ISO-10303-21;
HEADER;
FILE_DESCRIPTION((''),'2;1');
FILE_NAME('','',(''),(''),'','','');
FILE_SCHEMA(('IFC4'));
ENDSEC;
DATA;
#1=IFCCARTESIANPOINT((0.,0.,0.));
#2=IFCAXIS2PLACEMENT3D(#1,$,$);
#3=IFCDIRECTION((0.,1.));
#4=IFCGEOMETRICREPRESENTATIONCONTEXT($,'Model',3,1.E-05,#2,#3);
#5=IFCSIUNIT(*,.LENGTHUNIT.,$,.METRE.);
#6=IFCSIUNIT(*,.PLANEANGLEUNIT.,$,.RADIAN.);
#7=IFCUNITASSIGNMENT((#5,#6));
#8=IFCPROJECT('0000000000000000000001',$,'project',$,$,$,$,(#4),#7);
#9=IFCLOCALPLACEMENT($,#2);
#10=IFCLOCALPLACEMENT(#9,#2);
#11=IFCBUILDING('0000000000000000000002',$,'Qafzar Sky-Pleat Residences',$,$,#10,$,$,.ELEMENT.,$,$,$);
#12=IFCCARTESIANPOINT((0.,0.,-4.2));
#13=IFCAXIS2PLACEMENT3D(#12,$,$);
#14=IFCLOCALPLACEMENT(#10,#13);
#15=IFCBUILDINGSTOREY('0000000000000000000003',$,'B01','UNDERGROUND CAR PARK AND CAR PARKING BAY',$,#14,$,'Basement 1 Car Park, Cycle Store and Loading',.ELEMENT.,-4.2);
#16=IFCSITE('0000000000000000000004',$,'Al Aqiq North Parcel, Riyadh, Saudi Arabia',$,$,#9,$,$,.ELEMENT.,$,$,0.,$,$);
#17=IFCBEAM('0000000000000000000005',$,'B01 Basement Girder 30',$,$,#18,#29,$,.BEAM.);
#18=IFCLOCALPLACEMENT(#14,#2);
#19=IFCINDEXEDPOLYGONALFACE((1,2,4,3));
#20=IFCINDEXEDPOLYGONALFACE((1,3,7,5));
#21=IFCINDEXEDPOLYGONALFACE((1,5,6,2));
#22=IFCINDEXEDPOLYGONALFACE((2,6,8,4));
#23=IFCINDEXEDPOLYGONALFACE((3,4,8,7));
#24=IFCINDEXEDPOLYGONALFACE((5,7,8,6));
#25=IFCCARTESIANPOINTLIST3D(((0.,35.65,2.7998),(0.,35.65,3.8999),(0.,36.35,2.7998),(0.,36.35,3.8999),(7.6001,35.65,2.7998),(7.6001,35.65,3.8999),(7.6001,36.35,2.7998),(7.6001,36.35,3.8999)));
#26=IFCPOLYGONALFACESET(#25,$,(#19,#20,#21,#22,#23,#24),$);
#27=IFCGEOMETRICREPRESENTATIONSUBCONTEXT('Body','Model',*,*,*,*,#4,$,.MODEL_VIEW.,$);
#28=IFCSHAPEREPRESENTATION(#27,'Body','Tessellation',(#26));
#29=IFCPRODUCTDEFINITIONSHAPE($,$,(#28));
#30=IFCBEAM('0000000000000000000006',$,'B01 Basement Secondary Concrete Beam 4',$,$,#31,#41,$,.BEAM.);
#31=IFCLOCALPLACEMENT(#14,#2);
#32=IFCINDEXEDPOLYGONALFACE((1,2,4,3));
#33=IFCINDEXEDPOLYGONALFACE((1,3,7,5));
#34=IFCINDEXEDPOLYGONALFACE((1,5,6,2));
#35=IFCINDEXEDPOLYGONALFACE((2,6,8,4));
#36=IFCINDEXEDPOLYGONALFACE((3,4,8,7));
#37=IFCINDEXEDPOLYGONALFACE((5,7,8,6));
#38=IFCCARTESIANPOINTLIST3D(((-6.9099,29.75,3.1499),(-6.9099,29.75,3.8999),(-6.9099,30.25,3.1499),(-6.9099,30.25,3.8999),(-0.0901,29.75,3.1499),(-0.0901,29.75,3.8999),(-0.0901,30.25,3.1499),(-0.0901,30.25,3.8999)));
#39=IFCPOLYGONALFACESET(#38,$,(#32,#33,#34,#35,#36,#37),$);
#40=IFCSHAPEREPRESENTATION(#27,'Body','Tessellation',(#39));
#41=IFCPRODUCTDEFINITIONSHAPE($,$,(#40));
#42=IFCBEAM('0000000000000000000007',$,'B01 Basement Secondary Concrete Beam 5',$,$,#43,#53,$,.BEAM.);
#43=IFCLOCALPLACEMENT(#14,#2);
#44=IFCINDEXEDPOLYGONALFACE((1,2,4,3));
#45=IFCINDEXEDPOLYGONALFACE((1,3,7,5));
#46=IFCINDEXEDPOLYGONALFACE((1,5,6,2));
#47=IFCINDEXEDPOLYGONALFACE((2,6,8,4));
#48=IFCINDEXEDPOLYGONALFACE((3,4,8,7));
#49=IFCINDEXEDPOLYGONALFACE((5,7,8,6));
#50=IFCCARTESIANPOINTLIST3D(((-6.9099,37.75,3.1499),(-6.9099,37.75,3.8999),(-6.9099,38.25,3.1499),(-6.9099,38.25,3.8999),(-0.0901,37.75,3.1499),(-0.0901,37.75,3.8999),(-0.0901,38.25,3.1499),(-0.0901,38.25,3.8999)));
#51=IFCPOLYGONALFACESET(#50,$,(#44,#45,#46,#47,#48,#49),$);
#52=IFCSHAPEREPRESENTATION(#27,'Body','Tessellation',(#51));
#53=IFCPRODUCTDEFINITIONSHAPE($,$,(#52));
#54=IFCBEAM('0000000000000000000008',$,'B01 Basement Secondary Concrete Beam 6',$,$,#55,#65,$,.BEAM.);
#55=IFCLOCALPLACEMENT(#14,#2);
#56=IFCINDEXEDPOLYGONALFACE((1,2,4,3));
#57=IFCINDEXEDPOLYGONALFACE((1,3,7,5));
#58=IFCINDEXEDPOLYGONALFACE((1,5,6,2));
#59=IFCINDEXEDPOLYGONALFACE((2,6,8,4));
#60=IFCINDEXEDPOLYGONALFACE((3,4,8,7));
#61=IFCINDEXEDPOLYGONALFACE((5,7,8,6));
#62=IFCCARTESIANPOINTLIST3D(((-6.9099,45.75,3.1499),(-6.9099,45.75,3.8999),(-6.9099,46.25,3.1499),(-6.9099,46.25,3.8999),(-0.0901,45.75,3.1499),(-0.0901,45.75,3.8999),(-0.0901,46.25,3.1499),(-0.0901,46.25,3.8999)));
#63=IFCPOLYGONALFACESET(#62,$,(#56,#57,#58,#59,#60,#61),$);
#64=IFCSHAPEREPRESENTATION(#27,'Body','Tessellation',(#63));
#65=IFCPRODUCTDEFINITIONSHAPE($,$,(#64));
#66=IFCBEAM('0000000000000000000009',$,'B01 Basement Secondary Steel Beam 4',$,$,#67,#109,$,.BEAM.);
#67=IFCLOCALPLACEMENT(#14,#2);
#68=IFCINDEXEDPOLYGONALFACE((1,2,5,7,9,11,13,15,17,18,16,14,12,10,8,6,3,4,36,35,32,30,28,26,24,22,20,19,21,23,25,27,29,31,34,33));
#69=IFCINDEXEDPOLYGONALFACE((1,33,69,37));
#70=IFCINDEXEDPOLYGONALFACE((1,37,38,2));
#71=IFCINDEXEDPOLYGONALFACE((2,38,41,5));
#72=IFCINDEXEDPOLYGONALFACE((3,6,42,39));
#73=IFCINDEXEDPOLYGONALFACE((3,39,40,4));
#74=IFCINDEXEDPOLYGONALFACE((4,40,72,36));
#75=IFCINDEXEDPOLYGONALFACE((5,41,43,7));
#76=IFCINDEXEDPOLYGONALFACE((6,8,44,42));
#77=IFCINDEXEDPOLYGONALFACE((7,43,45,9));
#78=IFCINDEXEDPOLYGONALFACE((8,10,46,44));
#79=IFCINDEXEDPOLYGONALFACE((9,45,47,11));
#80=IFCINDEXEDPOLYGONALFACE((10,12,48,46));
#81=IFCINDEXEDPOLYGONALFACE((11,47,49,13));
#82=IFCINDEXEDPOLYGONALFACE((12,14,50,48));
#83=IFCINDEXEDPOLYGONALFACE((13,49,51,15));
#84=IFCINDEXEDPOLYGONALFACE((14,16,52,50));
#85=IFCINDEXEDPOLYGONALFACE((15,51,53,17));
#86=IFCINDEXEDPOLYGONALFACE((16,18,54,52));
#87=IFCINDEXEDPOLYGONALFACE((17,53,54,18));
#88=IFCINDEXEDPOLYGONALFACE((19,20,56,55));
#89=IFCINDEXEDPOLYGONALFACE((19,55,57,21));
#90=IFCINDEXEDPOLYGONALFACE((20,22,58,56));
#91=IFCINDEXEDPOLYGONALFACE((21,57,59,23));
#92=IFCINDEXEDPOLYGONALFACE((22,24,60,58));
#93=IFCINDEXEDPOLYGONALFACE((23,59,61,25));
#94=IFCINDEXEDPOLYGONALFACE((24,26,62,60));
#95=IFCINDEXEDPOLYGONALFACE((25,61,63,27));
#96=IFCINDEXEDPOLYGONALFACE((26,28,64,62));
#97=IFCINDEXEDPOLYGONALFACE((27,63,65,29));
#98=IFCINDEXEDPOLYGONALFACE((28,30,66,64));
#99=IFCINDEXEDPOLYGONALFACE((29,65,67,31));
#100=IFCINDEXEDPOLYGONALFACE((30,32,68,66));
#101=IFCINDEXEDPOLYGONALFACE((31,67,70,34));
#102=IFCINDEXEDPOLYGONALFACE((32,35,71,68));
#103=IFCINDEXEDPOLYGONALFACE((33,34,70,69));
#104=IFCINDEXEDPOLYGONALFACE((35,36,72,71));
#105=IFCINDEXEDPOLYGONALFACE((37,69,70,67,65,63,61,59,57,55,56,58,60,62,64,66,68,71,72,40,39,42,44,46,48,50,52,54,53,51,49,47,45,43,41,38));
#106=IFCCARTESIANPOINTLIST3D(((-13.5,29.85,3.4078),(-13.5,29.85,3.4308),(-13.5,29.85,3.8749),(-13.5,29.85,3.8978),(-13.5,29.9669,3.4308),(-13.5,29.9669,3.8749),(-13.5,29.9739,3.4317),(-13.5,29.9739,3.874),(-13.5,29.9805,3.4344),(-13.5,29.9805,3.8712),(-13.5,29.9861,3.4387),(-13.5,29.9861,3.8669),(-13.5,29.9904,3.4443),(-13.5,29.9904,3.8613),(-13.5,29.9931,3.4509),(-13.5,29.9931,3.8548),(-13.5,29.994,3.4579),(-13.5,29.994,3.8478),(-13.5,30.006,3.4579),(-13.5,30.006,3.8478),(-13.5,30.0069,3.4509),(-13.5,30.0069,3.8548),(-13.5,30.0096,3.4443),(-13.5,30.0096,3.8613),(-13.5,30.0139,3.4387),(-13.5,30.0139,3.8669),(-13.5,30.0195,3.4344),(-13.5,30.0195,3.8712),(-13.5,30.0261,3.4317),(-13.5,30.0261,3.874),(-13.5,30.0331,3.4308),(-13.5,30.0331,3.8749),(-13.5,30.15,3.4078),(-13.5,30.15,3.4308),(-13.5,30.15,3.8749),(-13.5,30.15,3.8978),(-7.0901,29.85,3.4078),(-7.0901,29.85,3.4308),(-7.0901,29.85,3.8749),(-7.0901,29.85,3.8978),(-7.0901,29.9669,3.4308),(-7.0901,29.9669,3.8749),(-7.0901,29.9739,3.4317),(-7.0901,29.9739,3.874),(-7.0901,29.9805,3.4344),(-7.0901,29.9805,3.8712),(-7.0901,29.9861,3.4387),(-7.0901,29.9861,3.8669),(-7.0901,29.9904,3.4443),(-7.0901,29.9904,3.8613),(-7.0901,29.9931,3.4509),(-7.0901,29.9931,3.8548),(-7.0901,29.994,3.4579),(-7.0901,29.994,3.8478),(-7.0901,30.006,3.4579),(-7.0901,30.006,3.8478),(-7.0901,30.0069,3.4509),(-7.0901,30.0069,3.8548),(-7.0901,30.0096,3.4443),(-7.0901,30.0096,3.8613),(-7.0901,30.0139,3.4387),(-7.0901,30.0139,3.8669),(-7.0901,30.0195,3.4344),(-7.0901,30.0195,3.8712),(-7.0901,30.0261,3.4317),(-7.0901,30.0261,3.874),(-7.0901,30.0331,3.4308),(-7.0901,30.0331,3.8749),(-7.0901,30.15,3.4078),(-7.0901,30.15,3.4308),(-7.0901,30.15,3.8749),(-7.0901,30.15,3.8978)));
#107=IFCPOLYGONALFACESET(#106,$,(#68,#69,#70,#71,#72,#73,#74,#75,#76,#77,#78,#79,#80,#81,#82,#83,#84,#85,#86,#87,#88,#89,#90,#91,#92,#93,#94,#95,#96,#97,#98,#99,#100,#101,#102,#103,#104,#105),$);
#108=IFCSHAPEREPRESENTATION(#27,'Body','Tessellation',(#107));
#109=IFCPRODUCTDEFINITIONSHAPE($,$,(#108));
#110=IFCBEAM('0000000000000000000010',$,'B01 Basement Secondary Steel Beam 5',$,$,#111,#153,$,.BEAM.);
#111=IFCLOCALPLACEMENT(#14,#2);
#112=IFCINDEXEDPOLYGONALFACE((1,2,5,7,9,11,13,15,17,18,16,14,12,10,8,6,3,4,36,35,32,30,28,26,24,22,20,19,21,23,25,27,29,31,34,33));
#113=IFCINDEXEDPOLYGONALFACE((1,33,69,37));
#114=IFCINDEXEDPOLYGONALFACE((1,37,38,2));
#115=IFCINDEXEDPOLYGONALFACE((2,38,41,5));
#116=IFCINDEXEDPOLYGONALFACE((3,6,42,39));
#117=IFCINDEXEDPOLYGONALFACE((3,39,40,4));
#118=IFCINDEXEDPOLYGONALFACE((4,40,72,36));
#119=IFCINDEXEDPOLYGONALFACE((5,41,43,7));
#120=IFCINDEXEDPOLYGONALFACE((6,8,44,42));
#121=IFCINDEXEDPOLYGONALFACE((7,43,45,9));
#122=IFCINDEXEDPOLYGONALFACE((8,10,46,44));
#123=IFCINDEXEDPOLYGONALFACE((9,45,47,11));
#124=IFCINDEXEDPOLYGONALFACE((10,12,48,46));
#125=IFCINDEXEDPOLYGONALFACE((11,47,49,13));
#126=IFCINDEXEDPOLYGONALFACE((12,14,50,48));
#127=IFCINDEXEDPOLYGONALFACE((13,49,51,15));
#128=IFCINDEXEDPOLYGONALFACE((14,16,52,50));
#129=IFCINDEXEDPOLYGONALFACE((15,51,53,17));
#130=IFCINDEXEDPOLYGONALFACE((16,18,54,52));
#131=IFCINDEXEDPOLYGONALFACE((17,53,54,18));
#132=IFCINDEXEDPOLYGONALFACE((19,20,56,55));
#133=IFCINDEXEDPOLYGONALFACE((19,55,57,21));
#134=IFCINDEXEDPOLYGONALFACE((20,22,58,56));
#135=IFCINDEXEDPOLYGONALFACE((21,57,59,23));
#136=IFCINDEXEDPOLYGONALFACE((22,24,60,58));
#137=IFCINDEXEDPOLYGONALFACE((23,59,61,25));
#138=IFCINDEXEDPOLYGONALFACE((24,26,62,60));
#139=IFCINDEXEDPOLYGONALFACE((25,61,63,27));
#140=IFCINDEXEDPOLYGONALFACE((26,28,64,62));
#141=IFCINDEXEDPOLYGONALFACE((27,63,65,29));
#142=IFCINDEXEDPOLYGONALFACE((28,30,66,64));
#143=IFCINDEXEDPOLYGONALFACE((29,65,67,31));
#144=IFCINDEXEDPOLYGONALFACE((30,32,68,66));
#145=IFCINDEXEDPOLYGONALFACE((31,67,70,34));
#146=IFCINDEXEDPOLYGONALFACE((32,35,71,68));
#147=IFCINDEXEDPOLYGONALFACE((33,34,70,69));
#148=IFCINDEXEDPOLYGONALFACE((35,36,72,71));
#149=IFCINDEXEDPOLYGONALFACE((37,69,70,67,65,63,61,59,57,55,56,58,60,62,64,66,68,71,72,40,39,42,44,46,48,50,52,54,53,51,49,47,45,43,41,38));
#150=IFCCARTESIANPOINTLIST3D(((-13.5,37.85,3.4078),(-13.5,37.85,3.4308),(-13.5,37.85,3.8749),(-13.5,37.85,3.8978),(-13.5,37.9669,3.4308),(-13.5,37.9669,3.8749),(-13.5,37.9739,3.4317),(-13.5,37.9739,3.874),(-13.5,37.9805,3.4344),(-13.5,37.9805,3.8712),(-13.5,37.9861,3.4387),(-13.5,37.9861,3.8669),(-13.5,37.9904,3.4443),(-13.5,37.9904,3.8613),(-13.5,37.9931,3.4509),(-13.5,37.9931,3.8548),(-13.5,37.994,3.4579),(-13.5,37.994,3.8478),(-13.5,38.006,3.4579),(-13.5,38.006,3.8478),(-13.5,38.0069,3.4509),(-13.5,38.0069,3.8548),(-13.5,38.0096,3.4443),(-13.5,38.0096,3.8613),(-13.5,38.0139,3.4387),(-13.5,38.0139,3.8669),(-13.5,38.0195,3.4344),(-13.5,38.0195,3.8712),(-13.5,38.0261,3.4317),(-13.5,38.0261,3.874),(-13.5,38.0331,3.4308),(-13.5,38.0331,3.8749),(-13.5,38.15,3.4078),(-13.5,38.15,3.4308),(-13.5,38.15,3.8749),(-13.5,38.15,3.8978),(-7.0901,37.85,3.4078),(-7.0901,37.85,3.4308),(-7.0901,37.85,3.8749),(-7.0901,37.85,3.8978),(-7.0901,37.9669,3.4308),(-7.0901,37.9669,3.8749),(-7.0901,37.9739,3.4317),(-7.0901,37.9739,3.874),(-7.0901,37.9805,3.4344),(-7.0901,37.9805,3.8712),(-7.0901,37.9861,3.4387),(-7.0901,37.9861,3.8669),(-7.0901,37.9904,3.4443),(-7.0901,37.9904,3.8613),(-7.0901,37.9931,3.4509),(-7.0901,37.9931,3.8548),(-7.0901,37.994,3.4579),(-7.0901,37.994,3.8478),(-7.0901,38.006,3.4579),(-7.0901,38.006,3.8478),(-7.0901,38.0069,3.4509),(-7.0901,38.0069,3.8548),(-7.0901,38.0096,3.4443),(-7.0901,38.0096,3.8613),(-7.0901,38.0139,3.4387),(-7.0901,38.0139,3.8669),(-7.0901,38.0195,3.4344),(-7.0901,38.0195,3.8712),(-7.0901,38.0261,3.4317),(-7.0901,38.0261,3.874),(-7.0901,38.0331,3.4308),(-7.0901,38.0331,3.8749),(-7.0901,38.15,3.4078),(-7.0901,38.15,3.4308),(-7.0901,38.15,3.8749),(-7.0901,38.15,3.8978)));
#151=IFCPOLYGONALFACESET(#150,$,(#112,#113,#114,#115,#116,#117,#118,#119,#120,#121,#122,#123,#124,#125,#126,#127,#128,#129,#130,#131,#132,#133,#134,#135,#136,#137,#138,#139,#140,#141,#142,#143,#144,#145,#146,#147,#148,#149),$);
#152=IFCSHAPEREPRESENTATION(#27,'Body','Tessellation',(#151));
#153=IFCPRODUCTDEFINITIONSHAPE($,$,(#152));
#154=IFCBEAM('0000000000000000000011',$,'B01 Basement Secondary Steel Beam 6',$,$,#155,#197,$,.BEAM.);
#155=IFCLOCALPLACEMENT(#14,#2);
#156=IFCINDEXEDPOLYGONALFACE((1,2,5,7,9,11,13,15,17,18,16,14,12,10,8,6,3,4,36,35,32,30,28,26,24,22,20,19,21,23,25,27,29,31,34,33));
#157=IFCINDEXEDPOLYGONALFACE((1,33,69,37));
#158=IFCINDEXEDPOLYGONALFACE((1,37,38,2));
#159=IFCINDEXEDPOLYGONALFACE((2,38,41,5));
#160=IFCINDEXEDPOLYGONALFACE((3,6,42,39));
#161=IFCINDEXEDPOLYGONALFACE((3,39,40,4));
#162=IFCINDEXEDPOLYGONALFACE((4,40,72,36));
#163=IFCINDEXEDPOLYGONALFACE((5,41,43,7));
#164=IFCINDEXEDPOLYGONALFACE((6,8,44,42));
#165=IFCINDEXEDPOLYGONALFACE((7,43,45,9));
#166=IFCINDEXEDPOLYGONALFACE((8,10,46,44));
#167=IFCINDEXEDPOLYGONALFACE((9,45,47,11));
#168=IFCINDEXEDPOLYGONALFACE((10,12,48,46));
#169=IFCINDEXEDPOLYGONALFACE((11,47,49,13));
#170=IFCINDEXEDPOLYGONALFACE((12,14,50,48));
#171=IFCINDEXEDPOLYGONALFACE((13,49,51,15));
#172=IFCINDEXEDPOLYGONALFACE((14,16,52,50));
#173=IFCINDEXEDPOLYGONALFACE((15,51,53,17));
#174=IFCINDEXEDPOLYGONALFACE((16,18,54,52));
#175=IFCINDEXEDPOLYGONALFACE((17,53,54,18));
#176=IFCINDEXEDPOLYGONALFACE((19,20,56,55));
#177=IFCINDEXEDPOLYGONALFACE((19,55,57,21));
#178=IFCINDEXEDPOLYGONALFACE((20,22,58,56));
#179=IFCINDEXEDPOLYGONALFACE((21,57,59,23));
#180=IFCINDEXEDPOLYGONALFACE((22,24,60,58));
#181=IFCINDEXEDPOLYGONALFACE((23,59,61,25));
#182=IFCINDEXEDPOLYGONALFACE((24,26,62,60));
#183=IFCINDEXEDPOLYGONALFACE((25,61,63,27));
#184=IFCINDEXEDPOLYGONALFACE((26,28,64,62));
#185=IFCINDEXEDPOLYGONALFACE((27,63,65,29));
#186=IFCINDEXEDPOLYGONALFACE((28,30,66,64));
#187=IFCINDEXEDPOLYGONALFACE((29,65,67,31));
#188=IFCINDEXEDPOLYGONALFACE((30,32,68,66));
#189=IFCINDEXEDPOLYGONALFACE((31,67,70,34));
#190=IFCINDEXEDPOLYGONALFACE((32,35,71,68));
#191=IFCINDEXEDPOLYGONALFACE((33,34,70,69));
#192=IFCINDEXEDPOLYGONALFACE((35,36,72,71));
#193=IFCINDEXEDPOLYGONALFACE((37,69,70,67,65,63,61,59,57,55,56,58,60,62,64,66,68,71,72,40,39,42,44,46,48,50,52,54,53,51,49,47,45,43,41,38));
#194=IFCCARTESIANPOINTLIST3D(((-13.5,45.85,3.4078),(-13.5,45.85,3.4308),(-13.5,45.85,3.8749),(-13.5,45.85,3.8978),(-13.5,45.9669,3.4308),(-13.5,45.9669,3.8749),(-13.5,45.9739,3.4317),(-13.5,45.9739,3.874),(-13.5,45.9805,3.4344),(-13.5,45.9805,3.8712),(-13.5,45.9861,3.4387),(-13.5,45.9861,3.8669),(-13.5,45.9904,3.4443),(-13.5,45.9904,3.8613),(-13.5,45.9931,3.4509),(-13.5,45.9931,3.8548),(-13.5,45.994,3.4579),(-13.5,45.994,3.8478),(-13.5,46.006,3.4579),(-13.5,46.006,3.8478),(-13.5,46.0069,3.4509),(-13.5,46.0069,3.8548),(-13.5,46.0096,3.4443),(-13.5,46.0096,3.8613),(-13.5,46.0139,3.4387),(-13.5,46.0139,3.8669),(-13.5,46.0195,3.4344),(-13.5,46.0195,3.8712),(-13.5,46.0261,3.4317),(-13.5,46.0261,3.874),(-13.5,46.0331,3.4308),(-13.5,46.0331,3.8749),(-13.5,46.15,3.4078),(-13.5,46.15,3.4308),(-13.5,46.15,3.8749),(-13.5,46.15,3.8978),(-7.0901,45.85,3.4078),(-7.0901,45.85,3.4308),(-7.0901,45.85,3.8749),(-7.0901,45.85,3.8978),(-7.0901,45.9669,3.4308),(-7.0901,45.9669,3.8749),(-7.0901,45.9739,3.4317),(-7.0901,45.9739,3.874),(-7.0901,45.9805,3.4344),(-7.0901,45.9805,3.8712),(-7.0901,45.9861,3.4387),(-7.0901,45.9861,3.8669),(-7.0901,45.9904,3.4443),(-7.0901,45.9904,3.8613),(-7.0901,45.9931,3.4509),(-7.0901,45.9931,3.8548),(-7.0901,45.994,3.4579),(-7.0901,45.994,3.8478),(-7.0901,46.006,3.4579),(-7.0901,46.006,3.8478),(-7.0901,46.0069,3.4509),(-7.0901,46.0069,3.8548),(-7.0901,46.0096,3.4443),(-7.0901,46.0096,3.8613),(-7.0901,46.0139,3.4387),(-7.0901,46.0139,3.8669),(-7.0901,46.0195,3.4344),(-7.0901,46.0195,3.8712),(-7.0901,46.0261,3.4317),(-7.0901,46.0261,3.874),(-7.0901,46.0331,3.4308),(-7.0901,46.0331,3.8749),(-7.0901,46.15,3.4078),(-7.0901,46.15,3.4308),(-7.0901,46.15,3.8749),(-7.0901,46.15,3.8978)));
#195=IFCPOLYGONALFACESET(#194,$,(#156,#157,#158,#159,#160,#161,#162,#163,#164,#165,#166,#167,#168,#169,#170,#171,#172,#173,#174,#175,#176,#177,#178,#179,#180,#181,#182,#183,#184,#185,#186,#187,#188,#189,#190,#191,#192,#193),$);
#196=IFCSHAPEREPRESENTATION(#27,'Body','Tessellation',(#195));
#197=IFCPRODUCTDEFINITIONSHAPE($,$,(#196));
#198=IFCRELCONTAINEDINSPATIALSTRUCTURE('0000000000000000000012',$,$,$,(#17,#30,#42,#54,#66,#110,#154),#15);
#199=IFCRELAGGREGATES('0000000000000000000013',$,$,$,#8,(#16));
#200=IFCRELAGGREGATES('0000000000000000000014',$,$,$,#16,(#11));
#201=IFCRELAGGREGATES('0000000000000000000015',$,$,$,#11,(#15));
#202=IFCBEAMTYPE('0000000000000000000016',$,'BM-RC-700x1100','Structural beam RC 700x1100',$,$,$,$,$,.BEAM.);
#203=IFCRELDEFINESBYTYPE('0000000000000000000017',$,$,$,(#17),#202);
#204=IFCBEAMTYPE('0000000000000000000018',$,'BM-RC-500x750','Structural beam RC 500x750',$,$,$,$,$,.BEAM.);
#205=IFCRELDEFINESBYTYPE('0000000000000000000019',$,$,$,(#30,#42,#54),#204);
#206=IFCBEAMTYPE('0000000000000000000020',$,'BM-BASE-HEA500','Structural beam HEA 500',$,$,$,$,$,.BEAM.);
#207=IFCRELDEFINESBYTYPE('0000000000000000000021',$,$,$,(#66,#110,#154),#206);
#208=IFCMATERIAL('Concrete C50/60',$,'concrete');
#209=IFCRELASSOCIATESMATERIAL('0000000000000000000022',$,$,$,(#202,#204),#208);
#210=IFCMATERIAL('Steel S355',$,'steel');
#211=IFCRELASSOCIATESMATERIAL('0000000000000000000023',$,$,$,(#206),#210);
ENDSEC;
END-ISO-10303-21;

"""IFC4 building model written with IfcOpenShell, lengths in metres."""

from ifc_helpers import new_model, si_unit, direction, frame, origin, origin_2d, place, context, subcontext, project, spatial, rectangle, i_section, extrude, source, transform, mapped, material, material_profile, profile_set, type_object, element, save


model = new_model("IFC4")

# Units and contexts
model_context = context("Model", 3, precision=1e-05, world=origin(), true_north=direction((0.0, 1.0)))
body_context = subcontext(model_context, "Body", "Model", "MODEL_VIEW")
ifc_project = project(units=[si_unit("LENGTHUNIT", "METRE"), si_unit("PLANEANGLEUNIT", "RADIAN")], contexts=[model_context])

# Site, building, storey
site_placement = place(None, origin())
site = spatial("IfcSite", under=ifc_project, at=site_placement, Name="Al Aqiq North Parcel, Riyadh, Saudi Arabia", CompositionType="ELEMENT", RefElevation=0.0)
building_placement = place(site_placement, origin())
building = spatial("IfcBuilding", under=site, at=building_placement, Name="Qafzar Sky-Pleat Residences", CompositionType="ELEMENT")
storey_placement = place(building_placement, frame((0.0, 0.0, -4.2)))
storey = spatial("IfcBuildingStorey", under=building, at=storey_placement, Name="B01", Description="UNDERGROUND CAR PARK AND CAR PARKING BAY", LongName="Basement 1 Car Park, Cycle Store and Loading", CompositionType="ELEMENT", Elevation=-4.2)

# Shared definitions
ifc_material_1 = material(Name="Steel S355", Category="steel")

# Beams
ifc_material_2 = material(Name="Concrete C50/60", Category="concrete")
ifc_material_profile_1 = material_profile(ifc_material_2, rectangle(XDim=0.7, YDim=1.1001, at=origin_2d()), Name="RC 700x1100")
ifc_profile_set_1 = profile_set([ifc_material_profile_1], Name="Concrete C50/60")
beam_type_1 = type_object("IfcBeamType", Name="BM-RC-700x1100", Description="Structural beam RC 700x1100", PredefinedType="BEAM", material=ifc_profile_set_1)
shared_shape_1 = source(origin(), body_context, "Body", "SweptSolid", [
    extrude(rectangle(XDim=0.7, YDim=1.1001, at=origin_2d()), origin(), (0.0, 0.0, 1.0), 7.6001),
])
beam_1_placement = place(storey_placement, frame((0.0, 36.0, 3.3499), z_axis=(1.0, 0.0, 0.0), x_axis=(0.0, 1.0, 0.0)))
element("IfcBeam", 1, at=beam_1_placement, inside=storey, type_object=beam_type_1, Name="B01 Basement Girder 30", PredefinedType="BEAM", context=body_context, shape_type="MappedRepresentation", body=[
    mapped(shared_shape_1, transform((0.0, 0.0, 0.0), x_axis=(1.0, 0.0, 0.0), y_axis=(0.0, 1.0, 0.0), z_axis=(0.0, 0.0, 1.0), scale=1.0)),
])
ifc_material_profile_2 = material_profile(ifc_material_2, rectangle(XDim=0.5, YDim=0.75, at=origin_2d()), Name="RC 500x750")
ifc_profile_set_2 = profile_set([ifc_material_profile_2], Name="Concrete C50/60")
beam_type_2 = type_object("IfcBeamType", Name="BM-RC-500x750", Description="Structural beam RC 500x750", PredefinedType="BEAM", material=ifc_profile_set_2)
shared_shape_2 = source(origin(), body_context, "Body", "SweptSolid", [
    extrude(rectangle(XDim=0.5, YDim=0.75, at=origin_2d()), origin(), (0.0, 0.0, 1.0), 6.8198),
])
for number, where, z_axis, x_axis, name in (
    (2, (-6.9099, 30.0, 3.5249), (1.0, 0.0, 0.0), (0.0, 1.0, 0.0), "B01 Basement Secondary Concrete Beam 4"),
    (3, (-6.9099, 38.0, 3.5249), (1.0, 0.0, 0.0), (0.0, 1.0, 0.0), "B01 Basement Secondary Concrete Beam 5"),
    (4, (-6.9099, 46.0, 3.5249), (1.0, 0.0, 0.0), (0.0, 1.0, 0.0), "B01 Basement Secondary Concrete Beam 6"),
):
    element("IfcBeam", number, at=place(storey_placement, frame(where, z_axis=z_axis, x_axis=x_axis)), inside=storey, type_object=beam_type_2, Name=name, PredefinedType="BEAM", context=body_context, shape_type="MappedRepresentation", body=[
        mapped(shared_shape_2, transform((0.0, 0.0, 0.0), x_axis=(1.0, 0.0, 0.0), y_axis=(0.0, 1.0, 0.0), z_axis=(0.0, 0.0, 1.0), scale=1.0)),
    ])
ifc_material_profile_3 = material_profile(ifc_material_1, i_section(OverallWidth=0.3, OverallDepth=0.49, WebThickness=0.012, FlangeThickness=0.0229, FilletRadius=0.0271, at=origin_2d()), Name="HEA 500")
ifc_profile_set_3 = profile_set([ifc_material_profile_3], Name="Steel S355")
beam_type_3 = type_object("IfcBeamType", Name="BM-BASE-HEA500", Description="Structural beam HEA 500", PredefinedType="BEAM", material=ifc_profile_set_3)
shared_shape_3 = source(origin(), body_context, "Body", "SweptSolid", [
    extrude(i_section(OverallWidth=0.3, OverallDepth=0.49, WebThickness=0.012, FlangeThickness=0.0229, FilletRadius=0.0271, at=origin_2d()), origin(), (0.0, 0.0, 1.0), 6.4099),
])
for number, where, z_axis, x_axis, name in (
    (5, (-13.5, 30.0, 3.6528), (1.0, 0.0, 0.0), (0.0, 1.0, 0.0), "B01 Basement Secondary Steel Beam 4"),
    (6, (-13.5, 38.0, 3.6528), (1.0, 0.0, 0.0), (0.0, 1.0, 0.0), "B01 Basement Secondary Steel Beam 5"),
    (7, (-13.5, 46.0, 3.6528), (1.0, 0.0, 0.0), (0.0, 1.0, 0.0), "B01 Basement Secondary Steel Beam 6"),
):
    element("IfcBeam", number, at=place(storey_placement, frame(where, z_axis=z_axis, x_axis=x_axis)), inside=storey, type_object=beam_type_3, Name=name, PredefinedType="BEAM", context=body_context, shape_type="MappedRepresentation", body=[
        mapped(shared_shape_3, transform((0.0, 0.0, 0.0), x_axis=(1.0, 0.0, 0.0), y_axis=(0.0, 1.0, 0.0), z_axis=(0.0, 0.0, 1.0), scale=1.0)),
    ])

save(model, "model.ifc")
